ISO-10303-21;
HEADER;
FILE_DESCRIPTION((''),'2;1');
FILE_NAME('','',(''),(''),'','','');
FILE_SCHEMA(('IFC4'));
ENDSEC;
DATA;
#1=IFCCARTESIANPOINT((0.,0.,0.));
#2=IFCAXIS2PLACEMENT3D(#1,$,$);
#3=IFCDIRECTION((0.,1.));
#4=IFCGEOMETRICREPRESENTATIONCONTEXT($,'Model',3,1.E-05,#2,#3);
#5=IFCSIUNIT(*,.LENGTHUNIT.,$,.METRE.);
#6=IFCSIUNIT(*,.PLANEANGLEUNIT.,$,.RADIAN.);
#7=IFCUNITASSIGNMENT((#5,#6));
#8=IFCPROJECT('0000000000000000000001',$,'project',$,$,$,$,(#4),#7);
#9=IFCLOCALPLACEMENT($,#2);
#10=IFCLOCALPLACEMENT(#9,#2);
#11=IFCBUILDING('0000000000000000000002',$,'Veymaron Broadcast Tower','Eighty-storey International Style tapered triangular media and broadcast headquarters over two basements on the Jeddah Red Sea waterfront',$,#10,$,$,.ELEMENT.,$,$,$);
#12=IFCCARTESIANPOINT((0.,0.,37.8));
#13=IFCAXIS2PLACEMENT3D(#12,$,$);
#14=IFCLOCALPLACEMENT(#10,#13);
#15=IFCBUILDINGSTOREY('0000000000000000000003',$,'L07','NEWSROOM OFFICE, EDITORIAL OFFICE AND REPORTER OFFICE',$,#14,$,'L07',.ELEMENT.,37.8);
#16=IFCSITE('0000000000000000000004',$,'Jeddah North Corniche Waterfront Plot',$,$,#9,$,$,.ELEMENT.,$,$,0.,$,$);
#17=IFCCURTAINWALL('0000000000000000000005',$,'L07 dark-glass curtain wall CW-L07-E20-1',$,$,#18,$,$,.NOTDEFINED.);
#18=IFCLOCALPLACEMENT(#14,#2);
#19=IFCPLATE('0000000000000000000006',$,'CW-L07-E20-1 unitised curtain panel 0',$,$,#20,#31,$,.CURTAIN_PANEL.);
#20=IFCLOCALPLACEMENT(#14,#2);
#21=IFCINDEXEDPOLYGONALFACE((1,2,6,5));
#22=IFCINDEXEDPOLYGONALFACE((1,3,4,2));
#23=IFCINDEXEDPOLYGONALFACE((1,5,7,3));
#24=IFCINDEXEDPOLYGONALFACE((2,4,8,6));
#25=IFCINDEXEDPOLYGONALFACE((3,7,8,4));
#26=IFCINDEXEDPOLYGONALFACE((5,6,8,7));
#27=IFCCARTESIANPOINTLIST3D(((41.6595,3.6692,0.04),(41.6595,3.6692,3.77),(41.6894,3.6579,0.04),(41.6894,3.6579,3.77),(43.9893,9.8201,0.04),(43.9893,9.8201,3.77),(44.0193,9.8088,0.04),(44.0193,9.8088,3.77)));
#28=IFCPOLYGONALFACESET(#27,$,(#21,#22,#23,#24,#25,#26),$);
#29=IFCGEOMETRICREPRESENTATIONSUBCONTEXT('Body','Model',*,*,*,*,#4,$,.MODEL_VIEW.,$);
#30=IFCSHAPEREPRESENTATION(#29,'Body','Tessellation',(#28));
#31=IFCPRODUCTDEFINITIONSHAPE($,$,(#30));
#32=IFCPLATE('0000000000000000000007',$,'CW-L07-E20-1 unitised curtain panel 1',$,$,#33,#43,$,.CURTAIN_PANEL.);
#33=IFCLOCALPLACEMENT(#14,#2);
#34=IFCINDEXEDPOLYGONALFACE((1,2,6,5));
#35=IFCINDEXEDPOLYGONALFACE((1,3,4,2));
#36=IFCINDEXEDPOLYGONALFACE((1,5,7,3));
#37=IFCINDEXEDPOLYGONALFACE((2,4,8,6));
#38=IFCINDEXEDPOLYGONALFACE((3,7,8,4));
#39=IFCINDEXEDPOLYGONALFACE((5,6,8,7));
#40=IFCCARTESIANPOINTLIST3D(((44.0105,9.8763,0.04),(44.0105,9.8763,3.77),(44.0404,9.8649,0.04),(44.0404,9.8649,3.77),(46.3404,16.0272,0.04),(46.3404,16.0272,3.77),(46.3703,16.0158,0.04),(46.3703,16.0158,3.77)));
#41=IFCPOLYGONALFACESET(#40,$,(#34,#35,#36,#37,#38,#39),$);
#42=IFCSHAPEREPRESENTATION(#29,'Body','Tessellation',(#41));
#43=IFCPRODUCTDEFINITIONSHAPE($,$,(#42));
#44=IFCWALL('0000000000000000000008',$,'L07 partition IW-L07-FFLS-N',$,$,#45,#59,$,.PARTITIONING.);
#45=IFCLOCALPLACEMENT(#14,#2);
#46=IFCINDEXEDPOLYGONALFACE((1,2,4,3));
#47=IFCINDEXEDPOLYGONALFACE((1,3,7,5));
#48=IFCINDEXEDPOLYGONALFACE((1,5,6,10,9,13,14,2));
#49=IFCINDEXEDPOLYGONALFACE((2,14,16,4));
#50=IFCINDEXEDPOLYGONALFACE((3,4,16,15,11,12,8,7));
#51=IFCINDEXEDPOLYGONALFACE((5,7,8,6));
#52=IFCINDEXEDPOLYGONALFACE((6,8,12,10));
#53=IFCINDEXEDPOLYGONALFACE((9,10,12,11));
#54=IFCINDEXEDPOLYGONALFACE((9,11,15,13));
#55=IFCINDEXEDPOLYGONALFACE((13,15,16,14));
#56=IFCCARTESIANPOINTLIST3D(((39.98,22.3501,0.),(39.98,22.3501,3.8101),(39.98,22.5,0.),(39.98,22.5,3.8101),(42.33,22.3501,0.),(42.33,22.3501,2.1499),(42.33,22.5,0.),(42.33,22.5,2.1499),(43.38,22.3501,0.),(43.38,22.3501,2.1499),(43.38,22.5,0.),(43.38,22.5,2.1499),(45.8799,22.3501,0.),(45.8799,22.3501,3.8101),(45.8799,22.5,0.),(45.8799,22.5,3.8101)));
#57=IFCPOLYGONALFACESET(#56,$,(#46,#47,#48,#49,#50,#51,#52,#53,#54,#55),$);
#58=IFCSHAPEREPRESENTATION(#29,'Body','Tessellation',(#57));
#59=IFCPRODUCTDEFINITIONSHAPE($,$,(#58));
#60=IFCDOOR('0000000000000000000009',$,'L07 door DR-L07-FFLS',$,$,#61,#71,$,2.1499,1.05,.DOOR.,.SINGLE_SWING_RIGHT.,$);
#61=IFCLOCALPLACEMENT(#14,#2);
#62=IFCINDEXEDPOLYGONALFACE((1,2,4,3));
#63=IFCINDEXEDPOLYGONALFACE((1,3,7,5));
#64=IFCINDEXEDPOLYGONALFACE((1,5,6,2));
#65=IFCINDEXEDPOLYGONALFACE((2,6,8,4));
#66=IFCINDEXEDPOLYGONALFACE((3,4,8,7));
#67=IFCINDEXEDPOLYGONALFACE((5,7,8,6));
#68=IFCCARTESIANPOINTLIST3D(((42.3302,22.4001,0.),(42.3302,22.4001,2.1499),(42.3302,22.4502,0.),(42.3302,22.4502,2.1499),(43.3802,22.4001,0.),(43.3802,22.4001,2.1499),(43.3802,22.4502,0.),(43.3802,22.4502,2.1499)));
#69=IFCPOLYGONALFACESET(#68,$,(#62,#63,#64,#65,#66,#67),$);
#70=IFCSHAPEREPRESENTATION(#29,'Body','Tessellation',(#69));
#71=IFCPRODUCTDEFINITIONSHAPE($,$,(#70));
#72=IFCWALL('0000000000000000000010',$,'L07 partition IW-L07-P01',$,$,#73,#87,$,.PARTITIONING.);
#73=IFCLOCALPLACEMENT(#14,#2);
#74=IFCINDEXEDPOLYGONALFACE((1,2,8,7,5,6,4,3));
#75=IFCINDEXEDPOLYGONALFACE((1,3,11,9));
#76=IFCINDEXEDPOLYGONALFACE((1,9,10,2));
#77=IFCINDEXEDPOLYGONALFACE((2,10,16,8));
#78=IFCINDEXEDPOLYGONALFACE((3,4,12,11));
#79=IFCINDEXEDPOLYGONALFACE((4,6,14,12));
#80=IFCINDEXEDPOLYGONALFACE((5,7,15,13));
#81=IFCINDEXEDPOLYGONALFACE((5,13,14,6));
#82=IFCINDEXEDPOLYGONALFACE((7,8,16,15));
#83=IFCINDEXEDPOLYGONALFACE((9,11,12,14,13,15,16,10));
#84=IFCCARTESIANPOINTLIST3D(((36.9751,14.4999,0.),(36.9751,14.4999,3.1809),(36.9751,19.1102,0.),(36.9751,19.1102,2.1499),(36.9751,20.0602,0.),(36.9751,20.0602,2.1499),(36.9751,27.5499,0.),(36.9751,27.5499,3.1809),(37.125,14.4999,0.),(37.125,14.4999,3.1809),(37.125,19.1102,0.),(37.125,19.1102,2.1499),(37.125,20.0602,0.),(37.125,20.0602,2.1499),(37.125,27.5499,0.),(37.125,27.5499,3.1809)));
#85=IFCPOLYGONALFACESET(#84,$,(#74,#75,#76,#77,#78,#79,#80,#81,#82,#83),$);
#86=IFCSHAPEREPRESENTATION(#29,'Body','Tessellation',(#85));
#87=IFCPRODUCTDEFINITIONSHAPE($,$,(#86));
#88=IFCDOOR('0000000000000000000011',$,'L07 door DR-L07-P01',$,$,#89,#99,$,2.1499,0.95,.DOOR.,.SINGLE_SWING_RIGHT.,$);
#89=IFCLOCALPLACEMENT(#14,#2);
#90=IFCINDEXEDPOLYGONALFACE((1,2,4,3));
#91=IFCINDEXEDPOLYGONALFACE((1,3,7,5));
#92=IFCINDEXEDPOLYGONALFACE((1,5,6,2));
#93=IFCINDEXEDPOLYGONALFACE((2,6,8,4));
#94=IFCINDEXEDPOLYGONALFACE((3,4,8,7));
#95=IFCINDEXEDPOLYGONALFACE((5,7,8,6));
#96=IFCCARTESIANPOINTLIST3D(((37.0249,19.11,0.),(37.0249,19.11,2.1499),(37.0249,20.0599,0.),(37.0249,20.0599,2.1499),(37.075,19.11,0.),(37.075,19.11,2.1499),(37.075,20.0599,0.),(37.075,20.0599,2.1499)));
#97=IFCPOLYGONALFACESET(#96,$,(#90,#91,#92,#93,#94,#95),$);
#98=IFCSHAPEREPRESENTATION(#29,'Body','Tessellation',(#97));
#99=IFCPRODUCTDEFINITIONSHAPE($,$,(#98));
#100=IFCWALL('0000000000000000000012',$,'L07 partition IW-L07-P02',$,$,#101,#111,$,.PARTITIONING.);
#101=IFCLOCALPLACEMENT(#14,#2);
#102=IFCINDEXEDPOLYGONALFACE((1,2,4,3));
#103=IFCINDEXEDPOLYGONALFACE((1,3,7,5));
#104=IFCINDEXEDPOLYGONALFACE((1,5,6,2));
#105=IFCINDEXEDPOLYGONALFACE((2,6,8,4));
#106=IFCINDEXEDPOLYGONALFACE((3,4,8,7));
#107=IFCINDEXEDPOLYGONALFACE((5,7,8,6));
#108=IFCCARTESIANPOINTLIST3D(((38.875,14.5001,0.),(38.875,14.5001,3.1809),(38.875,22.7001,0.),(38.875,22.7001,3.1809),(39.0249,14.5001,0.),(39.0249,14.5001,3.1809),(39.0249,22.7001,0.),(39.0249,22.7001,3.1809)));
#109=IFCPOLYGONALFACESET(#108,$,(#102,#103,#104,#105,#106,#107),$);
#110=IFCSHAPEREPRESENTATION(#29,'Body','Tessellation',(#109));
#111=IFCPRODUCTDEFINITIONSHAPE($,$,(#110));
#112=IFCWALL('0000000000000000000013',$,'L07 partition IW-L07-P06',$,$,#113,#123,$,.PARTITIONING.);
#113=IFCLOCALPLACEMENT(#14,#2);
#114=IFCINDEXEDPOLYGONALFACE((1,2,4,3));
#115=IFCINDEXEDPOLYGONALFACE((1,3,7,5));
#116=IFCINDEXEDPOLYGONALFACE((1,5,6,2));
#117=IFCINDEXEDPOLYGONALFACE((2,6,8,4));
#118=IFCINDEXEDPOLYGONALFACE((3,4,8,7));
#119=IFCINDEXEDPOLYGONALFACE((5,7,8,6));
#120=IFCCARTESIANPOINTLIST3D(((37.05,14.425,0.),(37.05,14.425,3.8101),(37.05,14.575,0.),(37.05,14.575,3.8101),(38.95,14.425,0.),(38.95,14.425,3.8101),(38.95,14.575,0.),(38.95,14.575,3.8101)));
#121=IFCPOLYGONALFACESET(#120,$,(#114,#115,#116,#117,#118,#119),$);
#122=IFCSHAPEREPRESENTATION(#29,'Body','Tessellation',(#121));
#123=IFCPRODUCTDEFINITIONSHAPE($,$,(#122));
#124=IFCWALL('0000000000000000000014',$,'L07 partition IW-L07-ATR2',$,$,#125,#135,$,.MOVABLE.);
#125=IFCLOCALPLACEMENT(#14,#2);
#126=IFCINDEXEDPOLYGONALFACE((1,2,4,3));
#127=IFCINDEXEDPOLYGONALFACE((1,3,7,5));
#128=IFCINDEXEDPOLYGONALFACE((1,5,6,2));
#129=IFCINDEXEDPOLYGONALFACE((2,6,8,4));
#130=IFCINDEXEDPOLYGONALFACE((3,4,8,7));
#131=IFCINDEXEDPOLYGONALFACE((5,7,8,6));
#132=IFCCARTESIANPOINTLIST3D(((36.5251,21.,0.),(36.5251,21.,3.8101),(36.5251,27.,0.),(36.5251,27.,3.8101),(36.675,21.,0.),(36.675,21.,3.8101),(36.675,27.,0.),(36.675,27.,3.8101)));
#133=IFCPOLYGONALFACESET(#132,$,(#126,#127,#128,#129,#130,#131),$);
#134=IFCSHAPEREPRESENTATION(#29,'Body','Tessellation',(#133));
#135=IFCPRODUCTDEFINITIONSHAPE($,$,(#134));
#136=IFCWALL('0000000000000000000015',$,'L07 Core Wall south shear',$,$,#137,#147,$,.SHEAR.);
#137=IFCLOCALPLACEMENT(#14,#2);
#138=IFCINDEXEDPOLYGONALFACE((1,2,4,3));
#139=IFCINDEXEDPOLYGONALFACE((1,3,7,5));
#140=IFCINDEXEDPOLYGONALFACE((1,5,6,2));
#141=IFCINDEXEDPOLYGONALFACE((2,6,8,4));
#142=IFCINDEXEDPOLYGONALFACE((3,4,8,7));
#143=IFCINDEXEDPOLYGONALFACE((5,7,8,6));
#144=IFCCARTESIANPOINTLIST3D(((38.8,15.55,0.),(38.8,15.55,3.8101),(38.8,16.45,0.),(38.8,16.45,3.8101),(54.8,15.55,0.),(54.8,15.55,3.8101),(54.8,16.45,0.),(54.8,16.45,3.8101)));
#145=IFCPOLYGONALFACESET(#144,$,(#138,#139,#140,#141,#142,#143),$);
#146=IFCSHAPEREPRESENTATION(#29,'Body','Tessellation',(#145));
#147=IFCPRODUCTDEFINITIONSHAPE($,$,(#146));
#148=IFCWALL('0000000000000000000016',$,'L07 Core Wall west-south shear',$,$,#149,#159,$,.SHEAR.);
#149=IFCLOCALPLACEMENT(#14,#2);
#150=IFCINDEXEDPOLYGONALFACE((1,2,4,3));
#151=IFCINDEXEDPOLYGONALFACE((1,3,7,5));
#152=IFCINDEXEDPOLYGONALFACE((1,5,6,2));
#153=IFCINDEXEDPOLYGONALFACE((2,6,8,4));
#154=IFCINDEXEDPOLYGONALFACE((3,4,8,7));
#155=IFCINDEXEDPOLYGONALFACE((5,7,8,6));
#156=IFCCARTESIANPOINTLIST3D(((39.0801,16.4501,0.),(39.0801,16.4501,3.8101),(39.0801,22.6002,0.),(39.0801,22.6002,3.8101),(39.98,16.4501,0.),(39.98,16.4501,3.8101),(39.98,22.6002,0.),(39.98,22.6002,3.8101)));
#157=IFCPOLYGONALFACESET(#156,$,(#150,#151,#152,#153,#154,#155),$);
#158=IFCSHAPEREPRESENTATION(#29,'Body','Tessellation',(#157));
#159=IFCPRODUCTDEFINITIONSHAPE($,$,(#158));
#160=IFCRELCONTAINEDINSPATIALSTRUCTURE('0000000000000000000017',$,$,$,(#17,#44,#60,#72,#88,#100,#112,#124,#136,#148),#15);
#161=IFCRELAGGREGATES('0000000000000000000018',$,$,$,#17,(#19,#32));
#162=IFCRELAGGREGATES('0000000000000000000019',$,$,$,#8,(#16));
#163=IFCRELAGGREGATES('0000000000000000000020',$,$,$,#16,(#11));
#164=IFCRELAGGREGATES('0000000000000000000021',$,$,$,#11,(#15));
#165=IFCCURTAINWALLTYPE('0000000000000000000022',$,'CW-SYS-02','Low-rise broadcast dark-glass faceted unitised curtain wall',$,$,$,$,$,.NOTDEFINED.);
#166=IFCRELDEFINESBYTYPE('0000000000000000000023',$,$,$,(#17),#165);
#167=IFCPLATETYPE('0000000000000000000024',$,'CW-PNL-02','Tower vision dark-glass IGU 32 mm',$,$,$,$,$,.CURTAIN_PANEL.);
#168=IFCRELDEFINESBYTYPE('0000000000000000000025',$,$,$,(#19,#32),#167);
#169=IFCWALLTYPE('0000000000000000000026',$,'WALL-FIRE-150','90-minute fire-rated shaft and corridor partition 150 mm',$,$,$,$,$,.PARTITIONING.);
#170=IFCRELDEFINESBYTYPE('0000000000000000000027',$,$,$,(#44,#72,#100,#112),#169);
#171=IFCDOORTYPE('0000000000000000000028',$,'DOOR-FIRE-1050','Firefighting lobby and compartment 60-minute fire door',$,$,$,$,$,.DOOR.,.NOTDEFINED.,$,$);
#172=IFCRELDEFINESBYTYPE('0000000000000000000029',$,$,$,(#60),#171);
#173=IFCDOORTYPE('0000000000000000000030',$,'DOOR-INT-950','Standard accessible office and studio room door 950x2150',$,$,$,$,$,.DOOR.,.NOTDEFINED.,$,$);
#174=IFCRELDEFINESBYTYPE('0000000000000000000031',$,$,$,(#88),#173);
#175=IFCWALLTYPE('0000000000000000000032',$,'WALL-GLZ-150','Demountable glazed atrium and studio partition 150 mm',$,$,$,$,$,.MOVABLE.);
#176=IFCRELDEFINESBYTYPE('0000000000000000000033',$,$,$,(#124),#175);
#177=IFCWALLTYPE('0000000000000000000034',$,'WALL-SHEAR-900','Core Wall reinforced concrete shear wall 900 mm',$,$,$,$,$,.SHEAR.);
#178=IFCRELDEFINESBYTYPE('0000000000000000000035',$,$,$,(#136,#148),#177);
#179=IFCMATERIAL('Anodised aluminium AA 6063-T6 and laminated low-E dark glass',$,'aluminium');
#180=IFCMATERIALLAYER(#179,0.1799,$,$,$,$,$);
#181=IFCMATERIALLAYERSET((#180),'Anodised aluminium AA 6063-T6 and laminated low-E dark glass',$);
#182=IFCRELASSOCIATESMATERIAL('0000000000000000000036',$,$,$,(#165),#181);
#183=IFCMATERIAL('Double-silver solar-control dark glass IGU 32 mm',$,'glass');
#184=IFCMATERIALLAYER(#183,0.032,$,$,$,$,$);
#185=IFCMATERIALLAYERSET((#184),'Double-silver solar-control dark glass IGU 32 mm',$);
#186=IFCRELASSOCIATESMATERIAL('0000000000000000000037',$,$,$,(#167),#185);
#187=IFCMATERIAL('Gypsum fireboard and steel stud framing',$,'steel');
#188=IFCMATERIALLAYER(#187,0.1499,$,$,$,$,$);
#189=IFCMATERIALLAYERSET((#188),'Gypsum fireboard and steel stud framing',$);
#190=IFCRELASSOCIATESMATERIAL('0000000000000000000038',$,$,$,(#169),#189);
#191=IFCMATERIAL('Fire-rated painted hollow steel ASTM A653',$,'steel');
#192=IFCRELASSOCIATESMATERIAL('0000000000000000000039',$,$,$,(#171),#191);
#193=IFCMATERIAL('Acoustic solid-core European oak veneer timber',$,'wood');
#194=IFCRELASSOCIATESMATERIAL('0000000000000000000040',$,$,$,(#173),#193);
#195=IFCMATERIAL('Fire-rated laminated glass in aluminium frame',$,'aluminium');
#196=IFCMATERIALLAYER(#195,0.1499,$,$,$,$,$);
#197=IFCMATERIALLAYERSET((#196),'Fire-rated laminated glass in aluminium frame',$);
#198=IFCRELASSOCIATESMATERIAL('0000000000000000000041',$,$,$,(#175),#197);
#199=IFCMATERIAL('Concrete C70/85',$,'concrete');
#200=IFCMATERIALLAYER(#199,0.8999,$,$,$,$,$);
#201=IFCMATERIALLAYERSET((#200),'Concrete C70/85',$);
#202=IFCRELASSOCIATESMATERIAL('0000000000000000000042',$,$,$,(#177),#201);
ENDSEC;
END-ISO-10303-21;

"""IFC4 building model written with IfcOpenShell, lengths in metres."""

from ifc_helpers import new_model, si_unit, direction, frame, frame_2d, origin, origin_2d, place, context, subcontext, project, spatial, rectangle, extrude, material, layer, layer_set, type_object, element, fill, aggregate, save


model = new_model("IFC4")

# Units and contexts
model_context = context("Model", 3, precision=1e-05, world=origin(), true_north=direction((0.0, 1.0)))
body_context = subcontext(model_context, "Body", "Model", "MODEL_VIEW")
ifc_project = project(units=[si_unit("LENGTHUNIT", "METRE"), si_unit("PLANEANGLEUNIT", "RADIAN")], contexts=[model_context])

# Site, building, storey
site_placement = place(None, origin())
site = spatial("IfcSite", under=ifc_project, at=site_placement, Name="Jeddah North Corniche Waterfront Plot", CompositionType="ELEMENT", RefElevation=0.0)
building_placement = place(site_placement, origin())
building = spatial("IfcBuilding", under=site, at=building_placement, Name="Veymaron Broadcast Tower", Description="Eighty-storey International Style tapered triangular media and broadcast headquarters over two basements on the Jeddah Red Sea waterfront", CompositionType="ELEMENT")
storey_placement = place(building_placement, frame((0.0, 0.0, 37.8)))
storey = spatial("IfcBuildingStorey", under=building, at=storey_placement, Name="L07", Description="NEWSROOM OFFICE, EDITORIAL OFFICE AND REPORTER OFFICE", LongName="L07", CompositionType="ELEMENT", Elevation=37.8)

# Shared definitions
ifc_material_1 = material(Name="Concrete C70/85", Category="concrete")

# Curtain wall, plates
ifc_material_2 = material(Name="Anodised aluminium AA 6063-T6 and laminated low-E dark glass", Category="aluminium")
ifc_layer_1 = layer(ifc_material_2, 0.1799)
ifc_layer_set_1 = layer_set([ifc_layer_1], Name="Anodised aluminium AA 6063-T6 and laminated low-E dark glass")
curtain_wall_type = type_object("IfcCurtainWallType", Name="CW-SYS-02", Description="Low-rise broadcast dark-glass faceted unitised curtain wall", PredefinedType="NOTDEFINED", material=ifc_layer_set_1)
curtain_wall_placement = place(storey_placement, origin())
curtain_wall = element("IfcCurtainWall", 1, at=curtain_wall_placement, inside=storey, type_object=curtain_wall_type, Name="L07 dark-glass curtain wall CW-L07-E20-1", PredefinedType="NOTDEFINED")
ifc_material_3 = material(Name="Double-silver solar-control dark glass IGU 32 mm", Category="glass")
ifc_layer_2 = layer(ifc_material_3, 0.032)
ifc_layer_set_2 = layer_set([ifc_layer_2], Name="Double-silver solar-control dark glass IGU 32 mm")
plate_type = type_object("IfcPlateType", Name="CW-PNL-02", Description="Tower vision dark-glass IGU 32 mm", PredefinedType="CURTAIN_PANEL", material=ifc_layer_set_2)
plate_1_placement = place(storey_placement, frame((42.8394, 6.739, 0.04), z_axis=(0.0, 0.0, 1.0), x_axis=(0.354226, 0.93516, 0.0)))
plate_1 = element("IfcPlate", 2, at=plate_1_placement, type_object=plate_type, Name="CW-L07-E20-1 unitised curtain panel 0", PredefinedType="CURTAIN_PANEL", context=body_context, shape_type="SweptSolid", body=[
    extrude(rectangle(XDim=6.5774, YDim=0.032, at=origin_2d()), origin(), (0.0, 0.0, 1.0), 3.73),
])
plate_2_placement = place(storey_placement, frame((45.1904, 12.946, 0.04), z_axis=(0.0, 0.0, 1.0), x_axis=(0.354226, 0.93516, 0.0)))
plate_2 = element("IfcPlate", 3, at=plate_2_placement, type_object=plate_type, Name="CW-L07-E20-1 unitised curtain panel 1", PredefinedType="CURTAIN_PANEL", context=body_context, shape_type="SweptSolid", body=[
    extrude(rectangle(XDim=6.5774, YDim=0.032, at=origin_2d()), origin(), (0.0, 0.0, 1.0), 3.73),
])
aggregate(curtain_wall, [plate_1, plate_2])

# Walls, openings, doors
ifc_material_4 = material(Name="Gypsum fireboard and steel stud framing", Category="steel")
ifc_layer_3 = layer(ifc_material_4, 0.1499)
ifc_layer_set_3 = layer_set([ifc_layer_3], Name="Gypsum fireboard and steel stud framing")
wall_type_1 = type_object("IfcWallType", Name="WALL-FIRE-150", Description="90-minute fire-rated shaft and corridor partition 150 mm", PredefinedType="PARTITIONING", material=ifc_layer_set_3)
wall_1_placement = place(storey_placement, frame((39.98, 22.425, 0.0), z_axis=(0.0, 0.0, 1.0), x_axis=(1.0, 0.0, 0.0)))
wall_1 = element("IfcWall", 4, at=wall_1_placement, inside=storey, type_object=wall_type_1, Name="L07 partition IW-L07-FFLS-N", PredefinedType="PARTITIONING", context=body_context, shape_type="SweptSolid", body=[
    extrude(rectangle(XDim=5.8999, YDim=0.1499, at=frame_2d((2.95, 0.0))), origin(), (0.0, 0.0, 1.0), 3.8101),
])
opening_1_placement = place(wall_1_placement, frame((2.3501, 0.0, 0.0)))
opening_1 = element("IfcOpeningElement", 5, at=opening_1_placement, cuts=wall_1, PredefinedType="OPENING", context=body_context, shape_type="SweptSolid", body=[
    extrude(rectangle(XDim=1.05, YDim=2.1499, at=frame_2d((0.5249, 1.075))), frame((0.0, 0.085, 0.0), z_axis=(0.0, -1.0, 0.0), x_axis=(1.0, 0.0, 0.0)), (0.0, 0.0, 1.0), 0.1699),
])
ifc_material_5 = material(Name="Fire-rated painted hollow steel ASTM A653", Category="steel")
door_type_1 = type_object("IfcDoorType", Name="DOOR-FIRE-1050", Description="Firefighting lobby and compartment 60-minute fire door", OperationType="NOTDEFINED", PredefinedType="DOOR", material=ifc_material_5)
door_1_placement = place(opening_1_placement, frame((1.05, 0.0, 0.0), z_axis=(0.0, 0.0, 1.0), x_axis=(-1.0, 0.0, 0.0)))
door_1 = element("IfcDoor", 6, at=door_1_placement, inside=storey, type_object=door_type_1, Name="L07 door DR-L07-FFLS", OperationType="SINGLE_SWING_RIGHT", OverallHeight=2.1499, OverallWidth=1.05, PredefinedType="DOOR", context=body_context, shape_type="SweptSolid", body=[
    extrude(rectangle(XDim=1.05, YDim=2.1499, at=frame_2d((0.5249, 1.075))), frame((0.0, 0.0249, 0.0), z_axis=(0.0, -1.0, 0.0), x_axis=(1.0, 0.0, 0.0)), (0.0, 0.0, 1.0), 0.05),
])
fill(opening_1, door_1)
wall_2_placement = place(storey_placement, frame((37.05, 14.5, 0.0), z_axis=(0.0, 0.0, 1.0), x_axis=(0.0, 1.0, 0.0)))
wall_2 = element("IfcWall", 7, at=wall_2_placement, inside=storey, type_object=wall_type_1, Name="L07 partition IW-L07-P01", PredefinedType="PARTITIONING", context=body_context, shape_type="SweptSolid", body=[
    extrude(rectangle(XDim=13.05, YDim=0.1499, at=frame_2d((6.5249, 0.0))), origin(), (0.0, 0.0, 1.0), 3.1809),
])
opening_2_placement = place(wall_2_placement, frame((4.6101, 0.0, 0.0)))
opening_2 = element("IfcOpeningElement", 8, at=opening_2_placement, cuts=wall_2, PredefinedType="OPENING", context=body_context, shape_type="SweptSolid", body=[
    extrude(rectangle(XDim=0.95, YDim=2.1499, at=frame_2d((0.4751, 1.075))), frame((0.0, 0.085, 0.0), z_axis=(0.0, -1.0, 0.0), x_axis=(1.0, 0.0, 0.0)), (0.0, 0.0, 1.0), 0.1699),
])
ifc_material_6 = material(Name="Acoustic solid-core European oak veneer timber", Category="wood")
door_type_2 = type_object("IfcDoorType", Name="DOOR-INT-950", Description="Standard accessible office and studio room door 950x2150", OperationType="NOTDEFINED", PredefinedType="DOOR", material=ifc_material_6)
door_2_placement = place(opening_2_placement, frame((0.95, 0.0, 0.0), z_axis=(0.0, 0.0, 1.0), x_axis=(-1.0, 0.0, 0.0)))
door_2 = element("IfcDoor", 9, at=door_2_placement, inside=storey, type_object=door_type_2, Name="L07 door DR-L07-P01", OperationType="SINGLE_SWING_RIGHT", OverallHeight=2.1499, OverallWidth=0.95, PredefinedType="DOOR", context=body_context, shape_type="SweptSolid", body=[
    extrude(rectangle(XDim=0.95, YDim=2.1499, at=frame_2d((0.4751, 1.075))), frame((0.0, 0.0249, 0.0), z_axis=(0.0, -1.0, 0.0), x_axis=(1.0, 0.0, 0.0)), (0.0, 0.0, 1.0), 0.05),
])
fill(opening_2, door_2)

# Walls
wall_3_placement = place(storey_placement, frame((38.95, 14.5, 0.0), z_axis=(0.0, 0.0, 1.0), x_axis=(0.0, 1.0, 0.0)))
element("IfcWall", 10, at=wall_3_placement, inside=storey, type_object=wall_type_1, Name="L07 partition IW-L07-P02", PredefinedType="PARTITIONING", context=body_context, shape_type="SweptSolid", body=[
    extrude(rectangle(XDim=8.2, YDim=0.1499, at=frame_2d((4.1001, 0.0))), origin(), (0.0, 0.0, 1.0), 3.1809),
])
wall_4_placement = place(storey_placement, frame((37.05, 14.5, 0.0), z_axis=(0.0, 0.0, 1.0), x_axis=(1.0, 0.0, 0.0)))
element("IfcWall", 11, at=wall_4_placement, inside=storey, type_object=wall_type_1, Name="L07 partition IW-L07-P06", PredefinedType="PARTITIONING", context=body_context, shape_type="SweptSolid", body=[
    extrude(rectangle(XDim=1.8999, YDim=0.1499, at=frame_2d((0.95, 0.0))), origin(), (0.0, 0.0, 1.0), 3.8101),
])
ifc_material_7 = material(Name="Fire-rated laminated glass in aluminium frame", Category="aluminium")
ifc_layer_4 = layer(ifc_material_7, 0.1499)
ifc_layer_set_4 = layer_set([ifc_layer_4], Name="Fire-rated laminated glass in aluminium frame")
wall_type_2 = type_object("IfcWallType", Name="WALL-GLZ-150", Description="Demountable glazed atrium and studio partition 150 mm", PredefinedType="MOVABLE", material=ifc_layer_set_4)
wall_5_placement = place(storey_placement, frame((36.6001, 21.0, 0.0), z_axis=(0.0, 0.0, 1.0), x_axis=(0.0, 1.0, 0.0)))
element("IfcWall", 12, at=wall_5_placement, inside=storey, type_object=wall_type_2, Name="L07 partition IW-L07-ATR2", PredefinedType="MOVABLE", context=body_context, shape_type="SweptSolid", body=[
    extrude(rectangle(XDim=6.0, YDim=0.1499, at=frame_2d((3.0, 0.0))), origin(), (0.0, 0.0, 1.0), 3.8101),
])

# Walls
ifc_layer_5 = layer(ifc_material_1, 0.8999)
ifc_layer_set_5 = layer_set([ifc_layer_5], Name="Concrete C70/85")
wall_type_3 = type_object("IfcWallType", Name="WALL-SHEAR-900", Description="Core Wall reinforced concrete shear wall 900 mm", PredefinedType="SHEAR", material=ifc_layer_set_5)
wall_6_placement = place(storey_placement, frame((38.8, 16.0, 0.0), z_axis=(0.0, 0.0, 1.0), x_axis=(1.0, 0.0, 0.0)))
element("IfcWall", 13, at=wall_6_placement, inside=storey, type_object=wall_type_3, Name="L07 Core Wall south shear", PredefinedType="SHEAR", context=body_context, shape_type="SweptSolid", body=[
    extrude(rectangle(XDim=16.0, YDim=0.8999, at=frame_2d((8.0, 0.0))), origin(), (0.0, 0.0, 1.0), 3.8101),
])
wall_7_placement = place(storey_placement, frame((39.53, 16.45, 0.0), z_axis=(0.0, 0.0, 1.0), x_axis=(0.0, 1.0, 0.0)))
element("IfcWall", 14, at=wall_7_placement, inside=storey, type_object=wall_type_3, Name="L07 Core Wall west-south shear", PredefinedType="SHEAR", context=body_context, shape_type="SweptSolid", body=[
    extrude(rectangle(XDim=6.1501, YDim=0.8999, at=frame_2d((3.0752, 0.0))), origin(), (0.0, 0.0, 1.0), 3.8101),
])

save(model, "model.ifc")
